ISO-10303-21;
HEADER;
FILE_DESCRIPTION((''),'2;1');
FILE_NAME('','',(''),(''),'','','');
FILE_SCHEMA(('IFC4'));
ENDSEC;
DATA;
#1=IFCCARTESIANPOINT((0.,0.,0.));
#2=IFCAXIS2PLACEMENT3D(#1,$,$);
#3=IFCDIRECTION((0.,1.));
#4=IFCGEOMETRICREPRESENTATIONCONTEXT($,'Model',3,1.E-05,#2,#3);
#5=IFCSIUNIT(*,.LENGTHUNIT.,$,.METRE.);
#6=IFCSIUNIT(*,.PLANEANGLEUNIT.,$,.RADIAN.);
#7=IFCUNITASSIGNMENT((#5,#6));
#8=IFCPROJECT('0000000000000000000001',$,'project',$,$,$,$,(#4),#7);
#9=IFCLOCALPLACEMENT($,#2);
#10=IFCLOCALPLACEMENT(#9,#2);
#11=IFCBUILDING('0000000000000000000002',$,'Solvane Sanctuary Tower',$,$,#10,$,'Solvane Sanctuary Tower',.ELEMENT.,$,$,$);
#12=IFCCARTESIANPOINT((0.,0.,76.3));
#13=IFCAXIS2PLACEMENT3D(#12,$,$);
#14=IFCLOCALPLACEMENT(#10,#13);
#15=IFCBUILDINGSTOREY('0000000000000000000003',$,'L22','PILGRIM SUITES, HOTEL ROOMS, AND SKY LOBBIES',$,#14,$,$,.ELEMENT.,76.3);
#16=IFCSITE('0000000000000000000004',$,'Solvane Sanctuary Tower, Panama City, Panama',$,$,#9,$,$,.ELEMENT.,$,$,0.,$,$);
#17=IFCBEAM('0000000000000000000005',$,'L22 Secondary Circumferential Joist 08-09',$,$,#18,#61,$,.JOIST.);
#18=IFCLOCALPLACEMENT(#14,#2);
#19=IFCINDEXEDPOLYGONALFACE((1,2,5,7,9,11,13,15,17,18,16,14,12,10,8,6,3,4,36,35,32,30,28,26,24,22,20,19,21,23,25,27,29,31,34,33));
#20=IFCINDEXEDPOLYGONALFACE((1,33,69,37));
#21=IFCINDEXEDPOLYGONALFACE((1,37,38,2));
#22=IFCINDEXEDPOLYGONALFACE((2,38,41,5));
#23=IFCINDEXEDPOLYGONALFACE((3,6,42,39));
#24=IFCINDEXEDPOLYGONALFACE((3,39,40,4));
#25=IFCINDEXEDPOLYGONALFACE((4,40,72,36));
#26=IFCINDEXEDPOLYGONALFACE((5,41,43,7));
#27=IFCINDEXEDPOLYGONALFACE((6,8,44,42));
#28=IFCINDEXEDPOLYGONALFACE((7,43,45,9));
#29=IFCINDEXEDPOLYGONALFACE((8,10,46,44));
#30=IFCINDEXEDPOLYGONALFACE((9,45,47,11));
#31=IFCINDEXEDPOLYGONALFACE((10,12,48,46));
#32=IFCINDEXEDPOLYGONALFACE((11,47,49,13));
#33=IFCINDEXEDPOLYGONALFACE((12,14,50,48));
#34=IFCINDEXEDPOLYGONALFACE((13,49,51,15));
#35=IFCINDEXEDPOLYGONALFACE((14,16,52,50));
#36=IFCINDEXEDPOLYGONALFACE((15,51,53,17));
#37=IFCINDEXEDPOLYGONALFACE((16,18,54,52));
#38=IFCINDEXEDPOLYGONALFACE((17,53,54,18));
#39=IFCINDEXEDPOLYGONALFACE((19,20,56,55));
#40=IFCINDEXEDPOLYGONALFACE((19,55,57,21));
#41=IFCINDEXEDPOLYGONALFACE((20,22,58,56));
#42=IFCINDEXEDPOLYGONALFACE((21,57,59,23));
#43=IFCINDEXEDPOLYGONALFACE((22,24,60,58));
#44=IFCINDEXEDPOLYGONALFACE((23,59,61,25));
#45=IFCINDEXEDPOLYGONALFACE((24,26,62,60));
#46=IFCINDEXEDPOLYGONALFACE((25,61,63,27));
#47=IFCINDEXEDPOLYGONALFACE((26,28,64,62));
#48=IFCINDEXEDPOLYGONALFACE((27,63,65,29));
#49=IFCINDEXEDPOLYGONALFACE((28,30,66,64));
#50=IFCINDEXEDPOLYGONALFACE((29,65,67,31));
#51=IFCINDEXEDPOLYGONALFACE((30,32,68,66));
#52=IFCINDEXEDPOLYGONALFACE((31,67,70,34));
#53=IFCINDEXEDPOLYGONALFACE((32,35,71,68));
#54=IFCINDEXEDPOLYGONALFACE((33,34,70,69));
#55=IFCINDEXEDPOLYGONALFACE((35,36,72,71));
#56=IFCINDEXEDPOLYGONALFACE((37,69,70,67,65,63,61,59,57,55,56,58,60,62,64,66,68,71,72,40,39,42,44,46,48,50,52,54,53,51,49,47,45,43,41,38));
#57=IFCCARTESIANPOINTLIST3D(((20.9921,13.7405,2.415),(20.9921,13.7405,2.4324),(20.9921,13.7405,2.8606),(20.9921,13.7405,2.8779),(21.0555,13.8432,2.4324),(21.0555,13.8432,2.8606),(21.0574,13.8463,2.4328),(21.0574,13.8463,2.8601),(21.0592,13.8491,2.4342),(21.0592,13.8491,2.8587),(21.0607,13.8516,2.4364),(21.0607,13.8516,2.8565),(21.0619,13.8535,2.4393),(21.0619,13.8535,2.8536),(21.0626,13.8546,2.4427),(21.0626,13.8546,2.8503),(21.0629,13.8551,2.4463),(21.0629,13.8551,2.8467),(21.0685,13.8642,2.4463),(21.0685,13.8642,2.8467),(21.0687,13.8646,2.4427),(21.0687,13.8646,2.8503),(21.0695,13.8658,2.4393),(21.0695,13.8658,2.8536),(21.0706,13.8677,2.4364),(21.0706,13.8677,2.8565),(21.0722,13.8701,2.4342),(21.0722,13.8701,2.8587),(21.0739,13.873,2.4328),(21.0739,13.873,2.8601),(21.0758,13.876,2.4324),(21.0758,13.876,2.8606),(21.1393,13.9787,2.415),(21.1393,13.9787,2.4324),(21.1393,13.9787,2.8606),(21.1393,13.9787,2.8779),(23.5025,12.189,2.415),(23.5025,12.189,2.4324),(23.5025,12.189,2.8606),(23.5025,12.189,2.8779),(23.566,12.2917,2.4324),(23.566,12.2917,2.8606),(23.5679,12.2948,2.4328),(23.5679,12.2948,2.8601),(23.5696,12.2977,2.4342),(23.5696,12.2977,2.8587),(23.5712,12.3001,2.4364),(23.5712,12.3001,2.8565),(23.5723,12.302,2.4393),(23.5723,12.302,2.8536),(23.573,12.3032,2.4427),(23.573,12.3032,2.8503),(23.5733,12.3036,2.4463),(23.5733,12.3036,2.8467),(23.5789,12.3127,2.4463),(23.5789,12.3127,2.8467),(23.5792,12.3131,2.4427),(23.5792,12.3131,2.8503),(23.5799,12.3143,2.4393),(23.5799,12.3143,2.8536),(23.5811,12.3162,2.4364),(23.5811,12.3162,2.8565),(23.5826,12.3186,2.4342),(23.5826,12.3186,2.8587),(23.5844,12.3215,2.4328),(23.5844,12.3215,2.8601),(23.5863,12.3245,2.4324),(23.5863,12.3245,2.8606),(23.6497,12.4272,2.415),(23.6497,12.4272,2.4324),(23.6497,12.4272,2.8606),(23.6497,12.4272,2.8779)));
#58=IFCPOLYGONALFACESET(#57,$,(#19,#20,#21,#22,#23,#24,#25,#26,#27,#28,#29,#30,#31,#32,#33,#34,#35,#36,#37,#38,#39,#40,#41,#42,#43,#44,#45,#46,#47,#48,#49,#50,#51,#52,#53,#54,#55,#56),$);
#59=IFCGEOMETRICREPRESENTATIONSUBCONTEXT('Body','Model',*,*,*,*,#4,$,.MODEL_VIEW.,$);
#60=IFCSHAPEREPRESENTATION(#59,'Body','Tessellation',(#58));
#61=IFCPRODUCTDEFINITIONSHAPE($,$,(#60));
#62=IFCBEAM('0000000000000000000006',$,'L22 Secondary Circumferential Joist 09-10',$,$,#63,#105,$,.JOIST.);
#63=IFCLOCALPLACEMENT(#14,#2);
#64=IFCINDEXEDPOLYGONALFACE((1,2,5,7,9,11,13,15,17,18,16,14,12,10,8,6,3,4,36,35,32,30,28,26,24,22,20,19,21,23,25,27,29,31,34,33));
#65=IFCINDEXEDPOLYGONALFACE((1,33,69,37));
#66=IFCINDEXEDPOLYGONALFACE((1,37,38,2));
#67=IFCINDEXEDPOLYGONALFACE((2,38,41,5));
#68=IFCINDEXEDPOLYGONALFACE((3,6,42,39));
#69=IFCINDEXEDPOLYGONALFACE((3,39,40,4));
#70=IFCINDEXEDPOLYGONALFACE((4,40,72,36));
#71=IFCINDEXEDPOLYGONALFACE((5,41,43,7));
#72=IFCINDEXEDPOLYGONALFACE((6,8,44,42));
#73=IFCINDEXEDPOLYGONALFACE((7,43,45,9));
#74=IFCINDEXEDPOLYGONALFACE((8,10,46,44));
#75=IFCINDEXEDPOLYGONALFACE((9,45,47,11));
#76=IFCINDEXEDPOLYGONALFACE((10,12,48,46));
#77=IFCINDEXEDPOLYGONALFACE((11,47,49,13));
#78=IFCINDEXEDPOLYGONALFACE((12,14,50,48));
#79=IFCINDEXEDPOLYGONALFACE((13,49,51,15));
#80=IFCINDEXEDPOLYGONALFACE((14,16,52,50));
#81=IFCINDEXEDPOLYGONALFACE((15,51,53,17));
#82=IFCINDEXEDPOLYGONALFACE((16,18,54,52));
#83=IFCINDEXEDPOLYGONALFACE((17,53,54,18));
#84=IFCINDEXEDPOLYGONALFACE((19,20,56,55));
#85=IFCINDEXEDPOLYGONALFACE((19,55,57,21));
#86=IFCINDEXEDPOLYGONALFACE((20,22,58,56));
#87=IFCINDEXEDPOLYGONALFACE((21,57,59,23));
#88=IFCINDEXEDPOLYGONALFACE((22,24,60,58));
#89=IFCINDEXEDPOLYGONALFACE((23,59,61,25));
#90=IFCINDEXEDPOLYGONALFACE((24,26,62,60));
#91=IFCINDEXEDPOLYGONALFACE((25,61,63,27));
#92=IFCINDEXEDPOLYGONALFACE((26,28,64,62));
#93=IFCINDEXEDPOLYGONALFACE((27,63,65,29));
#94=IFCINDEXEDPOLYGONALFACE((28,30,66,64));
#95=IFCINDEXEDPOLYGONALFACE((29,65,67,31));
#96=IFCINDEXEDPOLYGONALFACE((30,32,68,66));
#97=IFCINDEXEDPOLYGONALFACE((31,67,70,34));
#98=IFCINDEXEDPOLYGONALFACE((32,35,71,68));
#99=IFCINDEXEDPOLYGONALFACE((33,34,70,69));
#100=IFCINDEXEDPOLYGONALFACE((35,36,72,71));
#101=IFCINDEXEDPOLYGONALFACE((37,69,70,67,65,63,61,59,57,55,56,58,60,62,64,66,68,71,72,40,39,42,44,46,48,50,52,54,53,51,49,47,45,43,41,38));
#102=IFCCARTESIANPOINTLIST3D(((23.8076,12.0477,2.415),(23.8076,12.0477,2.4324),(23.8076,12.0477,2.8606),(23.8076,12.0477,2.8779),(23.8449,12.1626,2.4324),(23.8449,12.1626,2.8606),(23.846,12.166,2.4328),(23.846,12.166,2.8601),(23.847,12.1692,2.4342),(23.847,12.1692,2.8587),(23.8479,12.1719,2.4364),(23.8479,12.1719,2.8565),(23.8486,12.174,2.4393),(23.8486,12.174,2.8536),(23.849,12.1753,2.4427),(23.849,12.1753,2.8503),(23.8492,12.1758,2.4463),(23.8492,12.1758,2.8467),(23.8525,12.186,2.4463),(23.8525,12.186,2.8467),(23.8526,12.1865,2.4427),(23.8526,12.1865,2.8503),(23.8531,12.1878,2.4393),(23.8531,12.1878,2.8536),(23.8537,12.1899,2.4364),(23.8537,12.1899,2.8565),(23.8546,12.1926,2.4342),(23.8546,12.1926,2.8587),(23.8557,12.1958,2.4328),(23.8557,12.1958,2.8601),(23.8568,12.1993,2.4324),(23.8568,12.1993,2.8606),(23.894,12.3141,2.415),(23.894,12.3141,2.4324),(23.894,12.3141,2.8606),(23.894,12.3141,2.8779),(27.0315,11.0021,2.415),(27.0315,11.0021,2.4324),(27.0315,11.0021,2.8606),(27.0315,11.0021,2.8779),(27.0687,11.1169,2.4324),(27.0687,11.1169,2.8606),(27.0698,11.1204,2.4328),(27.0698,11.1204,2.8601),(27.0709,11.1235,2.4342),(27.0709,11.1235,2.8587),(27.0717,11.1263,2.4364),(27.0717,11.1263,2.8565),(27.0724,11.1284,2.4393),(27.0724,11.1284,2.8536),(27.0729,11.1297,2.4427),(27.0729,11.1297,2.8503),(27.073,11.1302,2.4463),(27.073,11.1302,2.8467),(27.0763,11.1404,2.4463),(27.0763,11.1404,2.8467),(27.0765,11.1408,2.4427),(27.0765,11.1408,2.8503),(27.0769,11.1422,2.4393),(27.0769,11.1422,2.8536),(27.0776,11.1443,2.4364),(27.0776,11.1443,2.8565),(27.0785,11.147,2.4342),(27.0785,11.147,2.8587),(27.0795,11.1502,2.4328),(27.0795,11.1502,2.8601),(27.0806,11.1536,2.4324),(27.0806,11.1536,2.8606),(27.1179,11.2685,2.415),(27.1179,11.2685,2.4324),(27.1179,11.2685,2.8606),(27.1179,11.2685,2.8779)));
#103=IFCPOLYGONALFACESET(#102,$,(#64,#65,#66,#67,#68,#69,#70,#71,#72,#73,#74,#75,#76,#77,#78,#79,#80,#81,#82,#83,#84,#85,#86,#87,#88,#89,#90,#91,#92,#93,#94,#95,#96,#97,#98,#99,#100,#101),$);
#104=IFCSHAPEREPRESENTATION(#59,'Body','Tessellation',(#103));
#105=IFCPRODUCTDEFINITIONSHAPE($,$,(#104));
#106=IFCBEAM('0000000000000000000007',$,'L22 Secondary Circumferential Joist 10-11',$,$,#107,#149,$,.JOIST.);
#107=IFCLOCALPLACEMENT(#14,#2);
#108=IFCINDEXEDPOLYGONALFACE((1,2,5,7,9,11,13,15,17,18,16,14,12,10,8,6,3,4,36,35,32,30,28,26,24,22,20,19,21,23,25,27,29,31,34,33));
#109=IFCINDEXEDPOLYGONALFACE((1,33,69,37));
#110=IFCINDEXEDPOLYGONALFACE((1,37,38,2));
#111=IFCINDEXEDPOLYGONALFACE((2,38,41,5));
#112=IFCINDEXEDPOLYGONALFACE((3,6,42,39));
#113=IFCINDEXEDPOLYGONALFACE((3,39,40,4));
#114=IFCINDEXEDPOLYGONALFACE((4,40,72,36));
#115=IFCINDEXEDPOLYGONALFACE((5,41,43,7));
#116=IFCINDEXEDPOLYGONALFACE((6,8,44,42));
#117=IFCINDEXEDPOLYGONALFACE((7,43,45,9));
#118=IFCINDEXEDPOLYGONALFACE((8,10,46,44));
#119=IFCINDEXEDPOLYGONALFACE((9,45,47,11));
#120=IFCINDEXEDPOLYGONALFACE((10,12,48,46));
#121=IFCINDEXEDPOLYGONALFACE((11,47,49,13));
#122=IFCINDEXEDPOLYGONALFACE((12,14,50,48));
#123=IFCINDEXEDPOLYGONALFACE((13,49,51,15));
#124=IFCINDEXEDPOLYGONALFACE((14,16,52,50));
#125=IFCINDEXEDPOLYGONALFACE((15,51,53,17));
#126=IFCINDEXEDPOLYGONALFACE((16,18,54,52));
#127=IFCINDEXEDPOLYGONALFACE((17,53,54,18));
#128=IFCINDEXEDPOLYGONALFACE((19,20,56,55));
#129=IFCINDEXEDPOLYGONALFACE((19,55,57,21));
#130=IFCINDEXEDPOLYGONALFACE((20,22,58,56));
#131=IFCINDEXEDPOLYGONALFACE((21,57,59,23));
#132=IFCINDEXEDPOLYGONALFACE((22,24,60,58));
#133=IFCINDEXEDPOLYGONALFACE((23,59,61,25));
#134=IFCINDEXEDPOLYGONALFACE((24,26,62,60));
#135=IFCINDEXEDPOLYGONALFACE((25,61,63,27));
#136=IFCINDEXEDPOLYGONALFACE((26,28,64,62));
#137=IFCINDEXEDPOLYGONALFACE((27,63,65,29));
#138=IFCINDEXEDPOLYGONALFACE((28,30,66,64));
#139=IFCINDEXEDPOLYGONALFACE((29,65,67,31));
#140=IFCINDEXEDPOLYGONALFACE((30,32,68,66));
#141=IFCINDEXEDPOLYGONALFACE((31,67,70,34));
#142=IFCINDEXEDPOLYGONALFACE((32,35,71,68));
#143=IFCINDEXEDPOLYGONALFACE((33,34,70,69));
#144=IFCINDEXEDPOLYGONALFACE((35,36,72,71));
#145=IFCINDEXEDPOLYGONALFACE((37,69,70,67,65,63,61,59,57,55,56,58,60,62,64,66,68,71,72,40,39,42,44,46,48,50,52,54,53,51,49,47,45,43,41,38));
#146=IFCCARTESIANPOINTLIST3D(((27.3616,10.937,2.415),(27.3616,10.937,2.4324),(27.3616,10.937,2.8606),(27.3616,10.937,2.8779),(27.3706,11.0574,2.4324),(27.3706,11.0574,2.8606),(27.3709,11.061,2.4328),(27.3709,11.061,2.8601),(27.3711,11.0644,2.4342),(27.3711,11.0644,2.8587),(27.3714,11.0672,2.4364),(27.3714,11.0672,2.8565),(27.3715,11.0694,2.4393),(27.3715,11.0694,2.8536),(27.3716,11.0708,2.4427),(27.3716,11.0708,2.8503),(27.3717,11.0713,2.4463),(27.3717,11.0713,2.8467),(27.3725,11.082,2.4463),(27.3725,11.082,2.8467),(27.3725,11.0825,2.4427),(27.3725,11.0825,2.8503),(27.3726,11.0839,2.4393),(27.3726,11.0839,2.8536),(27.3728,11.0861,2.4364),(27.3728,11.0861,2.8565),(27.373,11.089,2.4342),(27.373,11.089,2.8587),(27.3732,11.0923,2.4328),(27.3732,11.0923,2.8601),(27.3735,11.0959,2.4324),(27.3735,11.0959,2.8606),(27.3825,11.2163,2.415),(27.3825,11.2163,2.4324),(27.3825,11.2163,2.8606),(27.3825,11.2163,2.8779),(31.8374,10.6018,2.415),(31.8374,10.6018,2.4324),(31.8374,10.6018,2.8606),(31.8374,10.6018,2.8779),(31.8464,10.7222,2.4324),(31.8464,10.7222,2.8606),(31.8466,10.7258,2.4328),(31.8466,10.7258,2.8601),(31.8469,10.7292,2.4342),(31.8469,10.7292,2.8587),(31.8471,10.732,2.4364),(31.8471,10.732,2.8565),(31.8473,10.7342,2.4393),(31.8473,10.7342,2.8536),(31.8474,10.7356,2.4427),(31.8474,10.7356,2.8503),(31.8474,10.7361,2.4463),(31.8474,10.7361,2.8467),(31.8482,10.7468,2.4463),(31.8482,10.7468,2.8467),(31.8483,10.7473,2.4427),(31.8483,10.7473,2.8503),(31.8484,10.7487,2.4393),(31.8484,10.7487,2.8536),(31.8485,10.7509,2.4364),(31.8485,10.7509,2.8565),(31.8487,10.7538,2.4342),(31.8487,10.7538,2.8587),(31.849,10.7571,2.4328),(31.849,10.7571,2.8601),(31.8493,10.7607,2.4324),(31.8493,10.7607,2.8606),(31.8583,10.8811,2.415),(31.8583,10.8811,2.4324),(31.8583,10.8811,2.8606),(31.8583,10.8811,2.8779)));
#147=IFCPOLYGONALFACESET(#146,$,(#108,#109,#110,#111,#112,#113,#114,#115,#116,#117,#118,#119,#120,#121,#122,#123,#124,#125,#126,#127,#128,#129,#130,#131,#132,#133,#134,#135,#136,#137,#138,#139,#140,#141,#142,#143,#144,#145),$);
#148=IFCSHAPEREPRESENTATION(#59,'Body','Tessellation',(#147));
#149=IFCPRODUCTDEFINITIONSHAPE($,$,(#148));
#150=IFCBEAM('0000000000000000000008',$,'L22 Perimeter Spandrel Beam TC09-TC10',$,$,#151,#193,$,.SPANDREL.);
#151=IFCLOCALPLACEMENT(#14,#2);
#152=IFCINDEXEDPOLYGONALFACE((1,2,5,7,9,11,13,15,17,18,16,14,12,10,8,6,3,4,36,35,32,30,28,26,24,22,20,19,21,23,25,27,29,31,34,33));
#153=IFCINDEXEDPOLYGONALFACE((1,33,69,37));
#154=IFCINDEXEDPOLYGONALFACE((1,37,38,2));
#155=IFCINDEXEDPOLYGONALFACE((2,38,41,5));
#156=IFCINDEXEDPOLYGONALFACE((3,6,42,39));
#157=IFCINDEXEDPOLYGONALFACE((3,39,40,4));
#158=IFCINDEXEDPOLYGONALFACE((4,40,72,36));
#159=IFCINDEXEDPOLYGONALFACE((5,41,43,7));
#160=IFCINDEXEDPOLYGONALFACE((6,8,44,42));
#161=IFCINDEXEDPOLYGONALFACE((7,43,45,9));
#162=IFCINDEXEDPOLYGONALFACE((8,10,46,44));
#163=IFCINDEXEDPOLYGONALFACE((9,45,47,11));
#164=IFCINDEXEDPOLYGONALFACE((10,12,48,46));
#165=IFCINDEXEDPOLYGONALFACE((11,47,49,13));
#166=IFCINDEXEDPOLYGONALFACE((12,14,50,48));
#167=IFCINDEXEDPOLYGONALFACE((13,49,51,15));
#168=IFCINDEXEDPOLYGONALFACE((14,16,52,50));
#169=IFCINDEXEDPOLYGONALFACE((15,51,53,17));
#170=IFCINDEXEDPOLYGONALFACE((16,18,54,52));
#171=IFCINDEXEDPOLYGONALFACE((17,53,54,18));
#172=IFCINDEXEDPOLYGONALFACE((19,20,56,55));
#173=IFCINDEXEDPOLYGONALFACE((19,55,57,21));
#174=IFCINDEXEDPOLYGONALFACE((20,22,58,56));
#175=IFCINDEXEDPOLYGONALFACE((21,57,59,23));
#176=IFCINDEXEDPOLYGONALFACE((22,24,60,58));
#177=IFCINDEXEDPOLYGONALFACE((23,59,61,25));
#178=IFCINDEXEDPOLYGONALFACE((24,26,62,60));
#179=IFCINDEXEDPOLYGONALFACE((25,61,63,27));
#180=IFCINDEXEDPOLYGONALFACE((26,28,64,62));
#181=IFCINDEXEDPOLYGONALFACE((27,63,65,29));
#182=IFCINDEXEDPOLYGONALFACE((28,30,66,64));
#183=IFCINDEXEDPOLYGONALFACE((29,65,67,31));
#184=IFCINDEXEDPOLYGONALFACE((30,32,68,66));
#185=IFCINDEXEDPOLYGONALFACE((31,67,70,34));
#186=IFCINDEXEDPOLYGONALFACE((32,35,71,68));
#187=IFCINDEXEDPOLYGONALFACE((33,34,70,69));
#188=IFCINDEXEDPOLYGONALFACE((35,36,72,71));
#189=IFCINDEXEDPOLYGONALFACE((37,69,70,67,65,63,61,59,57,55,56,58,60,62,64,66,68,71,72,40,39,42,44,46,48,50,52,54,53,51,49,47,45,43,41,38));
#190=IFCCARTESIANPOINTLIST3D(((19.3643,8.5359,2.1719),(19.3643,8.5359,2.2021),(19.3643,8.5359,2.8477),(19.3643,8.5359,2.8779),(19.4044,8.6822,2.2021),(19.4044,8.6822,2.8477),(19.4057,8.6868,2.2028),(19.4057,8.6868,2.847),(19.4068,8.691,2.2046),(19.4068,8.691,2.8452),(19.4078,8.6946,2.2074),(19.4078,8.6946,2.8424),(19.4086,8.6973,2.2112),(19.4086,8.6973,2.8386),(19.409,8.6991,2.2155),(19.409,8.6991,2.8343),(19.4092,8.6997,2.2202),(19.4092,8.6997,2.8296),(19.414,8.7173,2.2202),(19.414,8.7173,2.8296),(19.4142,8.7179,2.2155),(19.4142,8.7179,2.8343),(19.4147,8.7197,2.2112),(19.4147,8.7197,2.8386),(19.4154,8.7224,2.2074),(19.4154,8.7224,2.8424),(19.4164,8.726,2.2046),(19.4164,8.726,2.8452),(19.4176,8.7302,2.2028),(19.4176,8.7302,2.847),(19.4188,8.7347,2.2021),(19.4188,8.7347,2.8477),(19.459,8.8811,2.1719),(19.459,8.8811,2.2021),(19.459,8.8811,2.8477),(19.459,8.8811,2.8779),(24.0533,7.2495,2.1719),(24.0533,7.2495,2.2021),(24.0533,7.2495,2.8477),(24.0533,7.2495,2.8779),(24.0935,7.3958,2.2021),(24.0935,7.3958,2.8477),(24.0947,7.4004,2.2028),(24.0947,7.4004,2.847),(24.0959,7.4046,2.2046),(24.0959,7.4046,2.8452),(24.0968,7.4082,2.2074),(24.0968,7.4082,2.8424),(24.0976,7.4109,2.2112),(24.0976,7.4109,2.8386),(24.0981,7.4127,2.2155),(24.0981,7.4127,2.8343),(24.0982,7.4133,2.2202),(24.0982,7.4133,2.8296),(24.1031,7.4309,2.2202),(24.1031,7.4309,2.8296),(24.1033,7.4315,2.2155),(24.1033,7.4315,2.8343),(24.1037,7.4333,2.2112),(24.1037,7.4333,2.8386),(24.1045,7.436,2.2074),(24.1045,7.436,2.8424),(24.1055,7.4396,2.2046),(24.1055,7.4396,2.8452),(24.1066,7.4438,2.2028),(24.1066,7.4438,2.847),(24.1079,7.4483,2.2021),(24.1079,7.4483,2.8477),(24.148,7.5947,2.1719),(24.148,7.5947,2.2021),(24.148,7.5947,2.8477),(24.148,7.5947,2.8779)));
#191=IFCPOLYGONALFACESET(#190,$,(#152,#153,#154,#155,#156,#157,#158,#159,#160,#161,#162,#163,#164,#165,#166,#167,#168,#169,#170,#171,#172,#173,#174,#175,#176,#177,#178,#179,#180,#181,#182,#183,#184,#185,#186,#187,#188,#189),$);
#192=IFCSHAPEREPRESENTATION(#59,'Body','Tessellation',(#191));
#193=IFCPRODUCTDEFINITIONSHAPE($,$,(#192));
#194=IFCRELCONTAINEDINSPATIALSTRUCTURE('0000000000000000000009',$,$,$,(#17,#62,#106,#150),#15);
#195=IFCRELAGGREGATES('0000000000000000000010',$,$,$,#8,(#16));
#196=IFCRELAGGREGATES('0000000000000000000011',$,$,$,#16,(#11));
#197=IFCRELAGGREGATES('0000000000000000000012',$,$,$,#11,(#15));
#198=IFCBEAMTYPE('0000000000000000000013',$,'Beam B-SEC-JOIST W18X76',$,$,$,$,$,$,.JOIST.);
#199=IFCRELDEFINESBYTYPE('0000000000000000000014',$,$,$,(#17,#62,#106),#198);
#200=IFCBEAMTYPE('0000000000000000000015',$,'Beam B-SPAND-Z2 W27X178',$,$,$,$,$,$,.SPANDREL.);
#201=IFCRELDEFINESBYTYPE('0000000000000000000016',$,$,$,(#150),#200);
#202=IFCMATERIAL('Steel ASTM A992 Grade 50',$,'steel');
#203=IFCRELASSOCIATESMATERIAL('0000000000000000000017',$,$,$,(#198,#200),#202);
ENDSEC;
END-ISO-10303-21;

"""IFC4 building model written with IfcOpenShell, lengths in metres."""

from ifc_helpers import new_model, si_unit, direction, frame, origin, origin_2d, place, context, subcontext, project, spatial, i_section, extrude, material, material_profile, profile_set, type_object, element, save


model = new_model("IFC4")

# Units and contexts
model_context = context("Model", 3, precision=1e-05, world=origin(), true_north=direction((0.0, 1.0)))
body_context = subcontext(model_context, "Body", "Model", "MODEL_VIEW")
ifc_project = project(units=[si_unit("LENGTHUNIT", "METRE"), si_unit("PLANEANGLEUNIT", "RADIAN")], contexts=[model_context])

# Site, building, storey
site_placement = place(None, origin())
site = spatial("IfcSite", under=ifc_project, at=site_placement, Name="Solvane Sanctuary Tower, Panama City, Panama", CompositionType="ELEMENT", RefElevation=0.0)
building_placement = place(site_placement, origin())
building = spatial("IfcBuilding", under=site, at=building_placement, Name="Solvane Sanctuary Tower", LongName="Solvane Sanctuary Tower", CompositionType="ELEMENT")
storey_placement = place(building_placement, frame((0.0, 0.0, 76.3)))
storey = spatial("IfcBuildingStorey", under=building, at=storey_placement, Name="L22", Description="PILGRIM SUITES, HOTEL ROOMS, AND SKY LOBBIES", CompositionType="ELEMENT", Elevation=76.3)

# Beams
ifc_material_1 = material(Name="Steel ASTM A992 Grade 50", Category="steel")
ifc_material_profile_1 = material_profile(ifc_material_1, i_section(OverallWidth=0.28, OverallDepth=0.4629, WebThickness=0.0107, FlangeThickness=0.0173, FilletRadius=0.0139, at=origin_2d()), Name="W18X76")
ifc_profile_set_1 = profile_set([ifc_material_profile_1], Name="Steel ASTM A992 Grade 50")
beam_type_1 = type_object("IfcBeamType", Name="Beam B-SEC-JOIST W18X76", PredefinedType="JOIST", material=ifc_profile_set_1)
beam_1_placement = place(storey_placement, frame((21.0657, 13.8596, 2.6465), z_axis=(0.85066, -0.525717, 0.0), x_axis=(0.525717, 0.85066, 0.0)))
element("IfcBeam", 1, at=beam_1_placement, inside=storey, type_object=beam_type_1, Name="L22 Secondary Circumferential Joist 08-09", PredefinedType="JOIST", context=body_context, shape_type="SweptSolid", body=[
    extrude(i_section(OverallWidth=0.28, OverallDepth=0.4629, WebThickness=0.0107, FlangeThickness=0.0173, FilletRadius=0.0139, at=origin_2d()), origin(), (0.0, 0.0, 1.0), 2.9512),
])
beam_2_placement = place(storey_placement, frame((23.8508, 12.1809, 2.6465), z_axis=(0.951217, -0.308524, 0.0), x_axis=(0.308524, 0.951217, 0.0)))
element("IfcBeam", 2, at=beam_2_placement, inside=storey, type_object=beam_type_1, Name="L22 Secondary Circumferential Joist 09-10", PredefinedType="JOIST", context=body_context, shape_type="SweptSolid", body=[
    extrude(i_section(OverallWidth=0.28, OverallDepth=0.4629, WebThickness=0.0107, FlangeThickness=0.0173, FilletRadius=0.0139, at=origin_2d()), origin(), (0.0, 0.0, 1.0), 3.3892),
])
beam_3_placement = place(storey_placement, frame((27.3721, 11.0767, 2.6465), z_axis=(0.997207, -0.074683, 0.0), x_axis=(0.074683, 0.997207, 0.0)))
element("IfcBeam", 3, at=beam_3_placement, inside=storey, type_object=beam_type_1, Name="L22 Secondary Circumferential Joist 10-11", PredefinedType="JOIST", context=body_context, shape_type="SweptSolid", body=[
    extrude(i_section(OverallWidth=0.28, OverallDepth=0.4629, WebThickness=0.0107, FlangeThickness=0.0173, FilletRadius=0.0139, at=origin_2d()), origin(), (0.0, 0.0, 1.0), 4.4883),
])
ifc_material_profile_2 = material_profile(ifc_material_1, i_section(OverallWidth=0.3579, OverallDepth=0.7061, WebThickness=0.0183, FlangeThickness=0.0303, FilletRadius=0.0181, at=origin_2d()), Name="W27X178")
ifc_profile_set_2 = profile_set([ifc_material_profile_2], Name="Steel ASTM A992 Grade 50")
beam_type_2 = type_object("IfcBeamType", Name="Beam B-SPAND-Z2 W27X178", PredefinedType="SPANDREL", material=ifc_profile_set_2)
beam_4_placement = place(storey_placement, frame((19.4116, 8.7085, 2.5249), z_axis=(0.964368, -0.264566, 0.0), x_axis=(0.264566, 0.964368, 0.0)))
element("IfcBeam", 4, at=beam_4_placement, inside=storey, type_object=beam_type_2, Name="L22 Perimeter Spandrel Beam TC09-TC10", PredefinedType="SPANDREL", context=body_context, shape_type="SweptSolid", body=[
    extrude(i_section(OverallWidth=0.3579, OverallDepth=0.7061, WebThickness=0.0183, FlangeThickness=0.0303, FilletRadius=0.0181, at=origin_2d()), origin(), (0.0, 0.0, 1.0), 4.8623),
])

save(model, "model.ifc")
